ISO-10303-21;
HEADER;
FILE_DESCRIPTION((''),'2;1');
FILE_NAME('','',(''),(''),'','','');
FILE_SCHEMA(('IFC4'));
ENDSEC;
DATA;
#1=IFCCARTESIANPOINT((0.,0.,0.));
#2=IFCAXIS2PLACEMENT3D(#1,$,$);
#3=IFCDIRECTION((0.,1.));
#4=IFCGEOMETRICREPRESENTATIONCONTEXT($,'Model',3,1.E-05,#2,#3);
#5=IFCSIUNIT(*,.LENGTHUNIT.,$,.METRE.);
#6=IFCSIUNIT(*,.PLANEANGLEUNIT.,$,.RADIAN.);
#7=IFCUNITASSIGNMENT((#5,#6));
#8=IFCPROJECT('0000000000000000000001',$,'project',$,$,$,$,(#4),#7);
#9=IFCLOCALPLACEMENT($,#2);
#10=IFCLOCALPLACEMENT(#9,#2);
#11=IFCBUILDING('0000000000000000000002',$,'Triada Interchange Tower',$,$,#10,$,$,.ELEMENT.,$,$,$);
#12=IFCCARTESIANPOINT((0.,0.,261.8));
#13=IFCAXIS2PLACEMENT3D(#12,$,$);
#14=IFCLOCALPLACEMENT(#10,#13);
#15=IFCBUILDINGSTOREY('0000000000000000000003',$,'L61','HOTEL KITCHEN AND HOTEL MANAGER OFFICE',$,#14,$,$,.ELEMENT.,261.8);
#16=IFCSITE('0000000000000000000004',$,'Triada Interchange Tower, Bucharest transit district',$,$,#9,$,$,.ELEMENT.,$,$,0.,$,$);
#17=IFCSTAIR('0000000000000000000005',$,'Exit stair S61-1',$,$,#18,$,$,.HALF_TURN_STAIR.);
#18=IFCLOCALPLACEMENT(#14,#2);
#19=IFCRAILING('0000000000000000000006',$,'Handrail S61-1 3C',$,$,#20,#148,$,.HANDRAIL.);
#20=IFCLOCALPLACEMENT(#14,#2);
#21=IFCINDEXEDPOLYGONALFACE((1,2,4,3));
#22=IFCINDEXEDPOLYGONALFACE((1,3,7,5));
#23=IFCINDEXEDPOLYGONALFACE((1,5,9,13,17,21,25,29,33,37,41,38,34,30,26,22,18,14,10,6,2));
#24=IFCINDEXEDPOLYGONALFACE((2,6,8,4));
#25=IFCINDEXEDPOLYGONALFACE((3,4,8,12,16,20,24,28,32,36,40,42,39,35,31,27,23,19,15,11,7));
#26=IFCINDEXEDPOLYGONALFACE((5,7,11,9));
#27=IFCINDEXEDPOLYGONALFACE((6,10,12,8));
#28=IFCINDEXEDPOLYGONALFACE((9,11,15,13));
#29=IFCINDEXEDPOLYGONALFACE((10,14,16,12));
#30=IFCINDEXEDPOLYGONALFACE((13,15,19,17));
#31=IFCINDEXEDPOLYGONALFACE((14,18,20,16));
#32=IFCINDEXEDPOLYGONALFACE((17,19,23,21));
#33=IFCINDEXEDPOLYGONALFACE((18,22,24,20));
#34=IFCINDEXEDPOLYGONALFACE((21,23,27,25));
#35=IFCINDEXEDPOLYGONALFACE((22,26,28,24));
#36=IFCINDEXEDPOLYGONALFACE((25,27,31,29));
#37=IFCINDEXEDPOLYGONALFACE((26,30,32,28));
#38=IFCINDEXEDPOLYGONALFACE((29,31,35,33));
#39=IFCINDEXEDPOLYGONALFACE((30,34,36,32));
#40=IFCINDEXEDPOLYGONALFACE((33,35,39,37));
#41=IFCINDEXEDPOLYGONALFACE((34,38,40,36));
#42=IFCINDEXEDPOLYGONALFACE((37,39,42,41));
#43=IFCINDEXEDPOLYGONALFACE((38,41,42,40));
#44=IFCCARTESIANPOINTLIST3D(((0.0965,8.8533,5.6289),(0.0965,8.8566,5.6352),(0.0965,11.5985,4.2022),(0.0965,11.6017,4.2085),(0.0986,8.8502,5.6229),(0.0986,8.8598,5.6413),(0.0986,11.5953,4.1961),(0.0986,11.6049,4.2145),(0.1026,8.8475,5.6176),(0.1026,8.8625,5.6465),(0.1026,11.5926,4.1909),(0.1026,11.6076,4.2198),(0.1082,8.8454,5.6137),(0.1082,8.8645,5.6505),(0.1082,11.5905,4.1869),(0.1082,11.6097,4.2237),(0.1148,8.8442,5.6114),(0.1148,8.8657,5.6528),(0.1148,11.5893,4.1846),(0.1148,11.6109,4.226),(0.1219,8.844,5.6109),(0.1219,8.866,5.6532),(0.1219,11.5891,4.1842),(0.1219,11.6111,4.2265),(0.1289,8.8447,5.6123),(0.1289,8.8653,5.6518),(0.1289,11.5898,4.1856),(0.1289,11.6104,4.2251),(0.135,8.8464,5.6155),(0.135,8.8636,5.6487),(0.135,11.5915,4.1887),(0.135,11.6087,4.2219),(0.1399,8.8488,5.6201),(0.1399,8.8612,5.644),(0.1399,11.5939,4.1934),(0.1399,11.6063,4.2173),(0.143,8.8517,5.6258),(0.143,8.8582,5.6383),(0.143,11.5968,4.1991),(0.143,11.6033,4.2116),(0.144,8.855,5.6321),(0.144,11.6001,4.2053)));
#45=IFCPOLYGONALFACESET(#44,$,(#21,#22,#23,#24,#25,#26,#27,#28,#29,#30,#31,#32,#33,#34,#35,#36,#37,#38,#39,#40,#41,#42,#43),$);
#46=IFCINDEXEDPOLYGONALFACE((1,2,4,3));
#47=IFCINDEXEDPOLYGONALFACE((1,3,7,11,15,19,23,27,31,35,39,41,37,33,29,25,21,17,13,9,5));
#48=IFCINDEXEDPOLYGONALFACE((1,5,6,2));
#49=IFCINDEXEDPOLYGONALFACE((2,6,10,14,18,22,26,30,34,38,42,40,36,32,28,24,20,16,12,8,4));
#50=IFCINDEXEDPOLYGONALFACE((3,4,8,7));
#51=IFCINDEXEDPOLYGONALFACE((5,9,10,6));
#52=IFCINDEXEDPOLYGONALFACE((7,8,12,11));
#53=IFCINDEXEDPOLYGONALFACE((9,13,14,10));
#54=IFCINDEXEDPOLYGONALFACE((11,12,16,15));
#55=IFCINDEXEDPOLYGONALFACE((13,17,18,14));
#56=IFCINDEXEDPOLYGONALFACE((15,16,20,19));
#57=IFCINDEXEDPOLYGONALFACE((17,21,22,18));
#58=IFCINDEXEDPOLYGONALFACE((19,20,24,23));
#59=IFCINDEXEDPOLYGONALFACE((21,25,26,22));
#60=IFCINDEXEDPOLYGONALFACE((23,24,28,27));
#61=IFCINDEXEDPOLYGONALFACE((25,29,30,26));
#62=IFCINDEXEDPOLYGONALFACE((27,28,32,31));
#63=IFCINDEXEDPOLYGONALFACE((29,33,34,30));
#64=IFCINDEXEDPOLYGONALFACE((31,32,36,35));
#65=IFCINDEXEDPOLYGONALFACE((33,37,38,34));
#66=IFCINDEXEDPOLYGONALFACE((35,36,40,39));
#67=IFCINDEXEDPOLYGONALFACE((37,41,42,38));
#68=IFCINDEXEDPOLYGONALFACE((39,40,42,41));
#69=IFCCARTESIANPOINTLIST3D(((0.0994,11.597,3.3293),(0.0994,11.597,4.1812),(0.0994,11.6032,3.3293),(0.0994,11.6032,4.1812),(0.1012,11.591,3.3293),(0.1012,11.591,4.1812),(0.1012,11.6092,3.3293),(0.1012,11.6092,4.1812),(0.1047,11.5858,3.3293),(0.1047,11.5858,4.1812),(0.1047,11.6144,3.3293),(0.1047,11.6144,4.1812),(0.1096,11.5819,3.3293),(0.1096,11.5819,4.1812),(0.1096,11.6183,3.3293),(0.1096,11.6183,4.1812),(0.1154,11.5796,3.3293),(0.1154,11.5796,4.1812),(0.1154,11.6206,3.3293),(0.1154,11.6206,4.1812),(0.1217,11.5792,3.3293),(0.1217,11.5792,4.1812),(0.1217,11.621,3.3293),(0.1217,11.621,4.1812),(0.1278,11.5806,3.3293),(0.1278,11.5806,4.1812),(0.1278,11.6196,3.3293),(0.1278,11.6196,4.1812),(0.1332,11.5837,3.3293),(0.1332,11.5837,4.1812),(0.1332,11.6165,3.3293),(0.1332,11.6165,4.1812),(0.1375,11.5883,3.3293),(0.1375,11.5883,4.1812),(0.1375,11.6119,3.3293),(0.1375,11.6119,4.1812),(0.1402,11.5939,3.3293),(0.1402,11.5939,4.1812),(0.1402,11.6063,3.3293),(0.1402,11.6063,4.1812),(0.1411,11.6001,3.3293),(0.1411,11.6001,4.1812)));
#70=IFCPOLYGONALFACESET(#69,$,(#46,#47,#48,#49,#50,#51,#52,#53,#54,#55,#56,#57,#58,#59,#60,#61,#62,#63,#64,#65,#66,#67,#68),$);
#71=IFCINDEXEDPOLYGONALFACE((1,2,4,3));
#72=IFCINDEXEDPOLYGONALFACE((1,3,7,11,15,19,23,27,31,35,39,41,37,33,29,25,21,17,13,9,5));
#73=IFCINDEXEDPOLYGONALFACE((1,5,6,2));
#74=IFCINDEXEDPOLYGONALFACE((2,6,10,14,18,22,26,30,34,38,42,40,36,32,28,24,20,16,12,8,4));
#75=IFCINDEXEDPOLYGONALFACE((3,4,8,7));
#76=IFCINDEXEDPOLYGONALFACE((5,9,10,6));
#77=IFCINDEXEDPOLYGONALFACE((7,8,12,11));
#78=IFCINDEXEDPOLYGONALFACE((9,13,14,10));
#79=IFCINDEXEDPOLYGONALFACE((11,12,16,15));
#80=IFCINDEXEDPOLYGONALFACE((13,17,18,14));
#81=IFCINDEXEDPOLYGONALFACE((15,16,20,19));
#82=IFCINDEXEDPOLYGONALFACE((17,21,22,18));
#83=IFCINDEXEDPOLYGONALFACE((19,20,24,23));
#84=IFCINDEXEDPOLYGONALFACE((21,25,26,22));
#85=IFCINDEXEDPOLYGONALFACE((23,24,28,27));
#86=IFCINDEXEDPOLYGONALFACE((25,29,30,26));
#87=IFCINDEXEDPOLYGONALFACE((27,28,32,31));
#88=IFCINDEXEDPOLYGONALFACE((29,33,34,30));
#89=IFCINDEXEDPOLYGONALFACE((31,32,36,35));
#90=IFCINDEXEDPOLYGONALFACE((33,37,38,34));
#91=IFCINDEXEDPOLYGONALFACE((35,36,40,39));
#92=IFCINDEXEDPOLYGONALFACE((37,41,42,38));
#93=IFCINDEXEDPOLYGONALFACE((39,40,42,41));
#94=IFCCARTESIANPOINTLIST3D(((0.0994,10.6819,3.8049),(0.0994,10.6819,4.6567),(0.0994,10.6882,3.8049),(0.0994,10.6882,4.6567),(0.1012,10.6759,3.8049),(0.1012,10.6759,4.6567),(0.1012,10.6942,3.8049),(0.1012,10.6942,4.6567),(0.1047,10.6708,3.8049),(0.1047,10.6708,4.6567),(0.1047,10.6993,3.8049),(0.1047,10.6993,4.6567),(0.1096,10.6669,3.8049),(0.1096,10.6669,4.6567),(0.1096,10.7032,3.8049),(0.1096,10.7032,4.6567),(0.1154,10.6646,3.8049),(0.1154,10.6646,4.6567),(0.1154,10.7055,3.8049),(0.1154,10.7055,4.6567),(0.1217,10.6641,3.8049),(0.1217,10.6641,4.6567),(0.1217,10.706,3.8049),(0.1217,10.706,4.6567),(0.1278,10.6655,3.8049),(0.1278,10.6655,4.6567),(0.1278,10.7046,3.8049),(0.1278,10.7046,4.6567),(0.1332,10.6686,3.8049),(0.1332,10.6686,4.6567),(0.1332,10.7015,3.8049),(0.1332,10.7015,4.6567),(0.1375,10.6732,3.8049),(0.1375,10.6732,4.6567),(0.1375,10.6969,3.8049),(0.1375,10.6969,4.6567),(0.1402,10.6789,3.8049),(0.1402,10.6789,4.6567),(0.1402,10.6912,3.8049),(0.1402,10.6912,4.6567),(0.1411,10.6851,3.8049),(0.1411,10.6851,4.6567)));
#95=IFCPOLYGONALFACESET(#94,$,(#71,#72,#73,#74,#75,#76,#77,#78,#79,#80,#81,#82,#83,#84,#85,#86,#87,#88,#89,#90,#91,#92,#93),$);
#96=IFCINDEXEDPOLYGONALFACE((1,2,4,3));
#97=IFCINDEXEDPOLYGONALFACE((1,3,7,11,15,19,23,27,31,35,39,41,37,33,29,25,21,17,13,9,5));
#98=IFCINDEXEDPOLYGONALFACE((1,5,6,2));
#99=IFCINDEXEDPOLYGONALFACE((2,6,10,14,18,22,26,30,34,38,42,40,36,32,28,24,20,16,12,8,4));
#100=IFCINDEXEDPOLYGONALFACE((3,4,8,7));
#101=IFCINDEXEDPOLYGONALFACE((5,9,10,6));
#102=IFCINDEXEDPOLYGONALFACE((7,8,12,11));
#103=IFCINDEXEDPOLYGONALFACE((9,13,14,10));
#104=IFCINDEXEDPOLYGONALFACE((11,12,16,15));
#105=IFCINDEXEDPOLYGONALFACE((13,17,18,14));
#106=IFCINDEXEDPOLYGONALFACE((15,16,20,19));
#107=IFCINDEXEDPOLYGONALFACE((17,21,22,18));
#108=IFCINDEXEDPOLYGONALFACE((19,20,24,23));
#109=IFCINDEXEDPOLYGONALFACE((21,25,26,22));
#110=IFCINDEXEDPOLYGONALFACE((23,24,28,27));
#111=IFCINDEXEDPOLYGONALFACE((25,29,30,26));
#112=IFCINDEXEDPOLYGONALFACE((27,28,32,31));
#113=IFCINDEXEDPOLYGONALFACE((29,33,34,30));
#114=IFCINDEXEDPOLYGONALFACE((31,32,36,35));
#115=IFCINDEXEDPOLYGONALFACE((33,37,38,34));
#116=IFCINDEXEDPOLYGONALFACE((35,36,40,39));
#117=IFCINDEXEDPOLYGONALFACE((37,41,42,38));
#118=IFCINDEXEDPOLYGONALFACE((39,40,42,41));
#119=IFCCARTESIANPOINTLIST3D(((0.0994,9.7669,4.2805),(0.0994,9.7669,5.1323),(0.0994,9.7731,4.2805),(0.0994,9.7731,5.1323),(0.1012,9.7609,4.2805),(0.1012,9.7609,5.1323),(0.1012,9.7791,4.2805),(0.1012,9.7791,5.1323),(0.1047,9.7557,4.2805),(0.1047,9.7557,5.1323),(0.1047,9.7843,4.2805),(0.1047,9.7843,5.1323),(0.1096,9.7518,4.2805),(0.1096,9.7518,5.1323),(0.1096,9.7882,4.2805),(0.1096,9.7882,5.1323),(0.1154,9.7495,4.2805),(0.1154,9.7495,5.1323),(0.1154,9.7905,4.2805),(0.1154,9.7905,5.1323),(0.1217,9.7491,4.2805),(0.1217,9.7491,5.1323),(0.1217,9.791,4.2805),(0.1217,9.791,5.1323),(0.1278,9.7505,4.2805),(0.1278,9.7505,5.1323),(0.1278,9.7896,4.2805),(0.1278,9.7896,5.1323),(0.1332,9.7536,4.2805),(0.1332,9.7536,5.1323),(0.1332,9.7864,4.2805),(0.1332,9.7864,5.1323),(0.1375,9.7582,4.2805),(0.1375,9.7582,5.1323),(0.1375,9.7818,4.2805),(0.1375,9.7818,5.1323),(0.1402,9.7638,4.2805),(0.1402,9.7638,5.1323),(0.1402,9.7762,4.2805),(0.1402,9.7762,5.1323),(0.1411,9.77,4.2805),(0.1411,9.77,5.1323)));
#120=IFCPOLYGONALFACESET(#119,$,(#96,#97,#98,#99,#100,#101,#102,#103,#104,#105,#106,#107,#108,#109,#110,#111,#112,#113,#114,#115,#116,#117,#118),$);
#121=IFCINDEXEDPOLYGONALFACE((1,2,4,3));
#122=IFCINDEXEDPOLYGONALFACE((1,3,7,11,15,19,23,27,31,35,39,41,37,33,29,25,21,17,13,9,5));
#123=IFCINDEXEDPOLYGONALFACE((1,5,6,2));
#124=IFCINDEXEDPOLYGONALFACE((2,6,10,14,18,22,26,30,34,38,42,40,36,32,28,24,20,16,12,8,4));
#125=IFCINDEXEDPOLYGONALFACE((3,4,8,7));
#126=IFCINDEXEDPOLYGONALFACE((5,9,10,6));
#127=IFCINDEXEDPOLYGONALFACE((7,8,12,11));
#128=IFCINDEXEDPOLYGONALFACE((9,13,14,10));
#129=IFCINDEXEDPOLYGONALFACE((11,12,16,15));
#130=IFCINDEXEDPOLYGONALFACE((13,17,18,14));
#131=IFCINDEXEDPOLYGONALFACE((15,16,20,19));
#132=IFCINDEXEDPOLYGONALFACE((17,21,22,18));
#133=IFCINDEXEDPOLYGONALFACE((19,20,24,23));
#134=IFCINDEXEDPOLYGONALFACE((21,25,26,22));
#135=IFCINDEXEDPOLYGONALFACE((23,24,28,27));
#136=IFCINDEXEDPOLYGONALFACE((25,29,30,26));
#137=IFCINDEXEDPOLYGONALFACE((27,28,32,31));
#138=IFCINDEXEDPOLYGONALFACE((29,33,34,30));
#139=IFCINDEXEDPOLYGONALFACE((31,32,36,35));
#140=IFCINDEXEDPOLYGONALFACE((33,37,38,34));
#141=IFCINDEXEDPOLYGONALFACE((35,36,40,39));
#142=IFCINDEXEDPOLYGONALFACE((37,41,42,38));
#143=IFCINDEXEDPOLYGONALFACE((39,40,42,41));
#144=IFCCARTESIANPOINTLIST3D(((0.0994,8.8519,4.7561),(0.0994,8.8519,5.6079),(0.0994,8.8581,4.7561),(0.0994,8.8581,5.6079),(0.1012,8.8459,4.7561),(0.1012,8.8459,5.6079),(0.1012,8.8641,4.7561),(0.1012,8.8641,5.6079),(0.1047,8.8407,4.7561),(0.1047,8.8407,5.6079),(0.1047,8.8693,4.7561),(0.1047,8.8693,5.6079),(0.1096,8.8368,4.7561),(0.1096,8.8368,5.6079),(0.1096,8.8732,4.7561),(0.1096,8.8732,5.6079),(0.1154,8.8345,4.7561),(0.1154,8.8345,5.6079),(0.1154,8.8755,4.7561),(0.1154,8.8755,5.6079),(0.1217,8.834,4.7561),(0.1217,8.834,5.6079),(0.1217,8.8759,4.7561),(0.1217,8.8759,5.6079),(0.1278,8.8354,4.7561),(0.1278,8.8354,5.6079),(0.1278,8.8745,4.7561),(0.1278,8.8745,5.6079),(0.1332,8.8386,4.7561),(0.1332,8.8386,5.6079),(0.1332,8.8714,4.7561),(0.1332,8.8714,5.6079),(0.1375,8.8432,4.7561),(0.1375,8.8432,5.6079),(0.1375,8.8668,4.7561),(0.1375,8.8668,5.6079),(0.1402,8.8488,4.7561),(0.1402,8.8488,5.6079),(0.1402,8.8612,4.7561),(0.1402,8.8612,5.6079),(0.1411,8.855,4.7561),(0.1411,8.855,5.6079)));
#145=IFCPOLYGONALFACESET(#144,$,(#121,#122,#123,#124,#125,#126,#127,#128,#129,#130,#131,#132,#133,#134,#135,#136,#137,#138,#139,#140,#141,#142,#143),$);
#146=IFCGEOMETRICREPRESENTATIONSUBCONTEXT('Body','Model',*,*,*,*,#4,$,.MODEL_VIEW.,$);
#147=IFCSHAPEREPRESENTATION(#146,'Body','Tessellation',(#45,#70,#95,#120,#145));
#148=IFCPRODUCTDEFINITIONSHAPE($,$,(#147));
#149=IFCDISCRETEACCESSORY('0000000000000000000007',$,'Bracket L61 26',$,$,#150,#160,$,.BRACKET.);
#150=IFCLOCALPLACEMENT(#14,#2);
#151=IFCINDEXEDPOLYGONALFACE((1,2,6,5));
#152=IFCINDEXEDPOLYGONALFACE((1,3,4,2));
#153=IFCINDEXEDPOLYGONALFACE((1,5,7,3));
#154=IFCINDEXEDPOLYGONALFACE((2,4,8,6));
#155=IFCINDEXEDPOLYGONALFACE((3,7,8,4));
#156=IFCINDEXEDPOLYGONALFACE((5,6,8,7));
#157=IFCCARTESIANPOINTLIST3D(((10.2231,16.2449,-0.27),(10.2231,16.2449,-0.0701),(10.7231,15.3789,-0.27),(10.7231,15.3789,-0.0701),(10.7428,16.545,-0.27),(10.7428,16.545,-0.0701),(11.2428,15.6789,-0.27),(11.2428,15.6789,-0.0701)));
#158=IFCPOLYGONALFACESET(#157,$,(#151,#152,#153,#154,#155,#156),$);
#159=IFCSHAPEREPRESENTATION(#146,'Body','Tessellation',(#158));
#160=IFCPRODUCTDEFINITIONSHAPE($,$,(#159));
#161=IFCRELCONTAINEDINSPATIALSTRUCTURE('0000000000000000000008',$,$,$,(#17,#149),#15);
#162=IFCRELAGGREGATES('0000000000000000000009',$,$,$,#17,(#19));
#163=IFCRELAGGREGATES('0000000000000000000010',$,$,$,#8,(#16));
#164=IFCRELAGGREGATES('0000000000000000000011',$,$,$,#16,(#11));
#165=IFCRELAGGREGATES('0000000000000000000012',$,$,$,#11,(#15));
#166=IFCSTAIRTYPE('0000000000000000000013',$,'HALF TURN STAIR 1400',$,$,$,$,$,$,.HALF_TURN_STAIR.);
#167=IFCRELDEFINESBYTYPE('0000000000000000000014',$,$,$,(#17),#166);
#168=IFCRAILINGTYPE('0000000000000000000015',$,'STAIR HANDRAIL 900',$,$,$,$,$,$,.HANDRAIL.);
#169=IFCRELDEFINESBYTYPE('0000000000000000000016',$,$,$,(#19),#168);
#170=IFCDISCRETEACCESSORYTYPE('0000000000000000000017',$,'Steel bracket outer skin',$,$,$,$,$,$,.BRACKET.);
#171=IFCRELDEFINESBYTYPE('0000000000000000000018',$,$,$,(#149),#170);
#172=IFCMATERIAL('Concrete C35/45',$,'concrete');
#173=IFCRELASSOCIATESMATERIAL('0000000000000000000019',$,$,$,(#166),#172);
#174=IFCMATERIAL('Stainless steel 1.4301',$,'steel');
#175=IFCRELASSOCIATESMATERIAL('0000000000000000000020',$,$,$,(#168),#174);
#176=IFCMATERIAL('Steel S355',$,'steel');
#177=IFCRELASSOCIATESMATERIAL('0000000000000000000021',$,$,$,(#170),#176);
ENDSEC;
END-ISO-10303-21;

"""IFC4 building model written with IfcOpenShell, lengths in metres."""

from ifc_helpers import new_model, si_unit, direction, frame, origin, origin_2d, place, context, subcontext, project, spatial, rectangle, circle, extrude, material, type_object, element, aggregate, save


model = new_model("IFC4")

# Units and contexts
model_context = context("Model", 3, precision=1e-05, world=origin(), true_north=direction((0.0, 1.0)))
body_context = subcontext(model_context, "Body", "Model", "MODEL_VIEW")
ifc_project = project(units=[si_unit("LENGTHUNIT", "METRE"), si_unit("PLANEANGLEUNIT", "RADIAN")], contexts=[model_context])

# Site, building, storey
site_placement = place(None, origin())
site = spatial("IfcSite", under=ifc_project, at=site_placement, Name="Triada Interchange Tower, Bucharest transit district", CompositionType="ELEMENT", RefElevation=0.0)
building_placement = place(site_placement, origin())
building = spatial("IfcBuilding", under=site, at=building_placement, Name="Triada Interchange Tower", CompositionType="ELEMENT")
storey_placement = place(building_placement, frame((0.0, 0.0, 261.8)))
storey = spatial("IfcBuildingStorey", under=building, at=storey_placement, Name="L61", Description="HOTEL KITCHEN AND HOTEL MANAGER OFFICE", CompositionType="ELEMENT", Elevation=261.8)

# Shared definitions
ifc_material_1 = material(Name="Concrete C35/45", Category="concrete")

# Stair
stair_type = type_object("IfcStairType", Name="HALF TURN STAIR 1400", PredefinedType="HALF_TURN_STAIR", material=ifc_material_1)
stair_placement = place(storey_placement, origin())
stair = element("IfcStair", 1, at=stair_placement, inside=storey, type_object=stair_type, Name="Exit stair S61-1", PredefinedType="HALF_TURN_STAIR")

# Railing
ifc_material_2 = material(Name="Stainless steel 1.4301", Category="steel")
railing_type_1 = type_object("IfcRailingType", Name="STAIR HANDRAIL 900", PredefinedType="HANDRAIL", material=ifc_material_2)
railing_1_placement = place(storey_placement, frame((0.1201, 11.6001, 3.3293)))
railing_1 = element("IfcRailing", 2, at=railing_1_placement, type_object=railing_type_1, Name="Handrail S61-1 3C", PredefinedType="HANDRAIL", context=body_context, shape_type="SweptSolid", body=[
    extrude(circle(Radius=0.0239, at=origin_2d()), frame((0.0, 0.0, 0.876), z_axis=(0.0, -0.88731, 0.461174), x_axis=(1.0, 0.0, 0.0)), (0.0, 0.0, 1.0), 3.0938),
    extrude(circle(Radius=0.021, at=origin_2d()), origin(), (0.0, 0.0, 1.0), 0.8518),
    extrude(circle(Radius=0.021, at=origin_2d()), frame((0.0, -0.915, 0.4756)), (0.0, 0.0, 1.0), 0.8518),
    extrude(circle(Radius=0.021, at=origin_2d()), frame((0.0, -1.8301, 0.9512)), (0.0, 0.0, 1.0), 0.8518),
    extrude(circle(Radius=0.021, at=origin_2d()), frame((0.0, -2.7451, 1.4268)), (0.0, 0.0, 1.0), 0.8518),
])
aggregate(stair, [railing_1])

# Discrete accessory
ifc_material_3 = material(Name="Steel S355", Category="steel")
discrete_accessory_type = type_object("IfcDiscreteAccessoryType", Name="Steel bracket outer skin", PredefinedType="BRACKET", material=ifc_material_3)
discrete_accessory_placement = place(storey_placement, frame((10.7329, 15.9619, -0.27), z_axis=(0.0, 0.0, 1.0), x_axis=(0.866018, 0.500013, 0.0)))
element("IfcDiscreteAccessory", 3, at=discrete_accessory_placement, inside=storey, type_object=discrete_accessory_type, Name="Bracket L61 26", PredefinedType="BRACKET", context=body_context, shape_type="SweptSolid", body=[
    extrude(rectangle(XDim=0.6001, YDim=1.0, at=origin_2d()), origin(), (0.0, 0.0, 1.0), 0.2),
])

save(model, "model.ifc")
